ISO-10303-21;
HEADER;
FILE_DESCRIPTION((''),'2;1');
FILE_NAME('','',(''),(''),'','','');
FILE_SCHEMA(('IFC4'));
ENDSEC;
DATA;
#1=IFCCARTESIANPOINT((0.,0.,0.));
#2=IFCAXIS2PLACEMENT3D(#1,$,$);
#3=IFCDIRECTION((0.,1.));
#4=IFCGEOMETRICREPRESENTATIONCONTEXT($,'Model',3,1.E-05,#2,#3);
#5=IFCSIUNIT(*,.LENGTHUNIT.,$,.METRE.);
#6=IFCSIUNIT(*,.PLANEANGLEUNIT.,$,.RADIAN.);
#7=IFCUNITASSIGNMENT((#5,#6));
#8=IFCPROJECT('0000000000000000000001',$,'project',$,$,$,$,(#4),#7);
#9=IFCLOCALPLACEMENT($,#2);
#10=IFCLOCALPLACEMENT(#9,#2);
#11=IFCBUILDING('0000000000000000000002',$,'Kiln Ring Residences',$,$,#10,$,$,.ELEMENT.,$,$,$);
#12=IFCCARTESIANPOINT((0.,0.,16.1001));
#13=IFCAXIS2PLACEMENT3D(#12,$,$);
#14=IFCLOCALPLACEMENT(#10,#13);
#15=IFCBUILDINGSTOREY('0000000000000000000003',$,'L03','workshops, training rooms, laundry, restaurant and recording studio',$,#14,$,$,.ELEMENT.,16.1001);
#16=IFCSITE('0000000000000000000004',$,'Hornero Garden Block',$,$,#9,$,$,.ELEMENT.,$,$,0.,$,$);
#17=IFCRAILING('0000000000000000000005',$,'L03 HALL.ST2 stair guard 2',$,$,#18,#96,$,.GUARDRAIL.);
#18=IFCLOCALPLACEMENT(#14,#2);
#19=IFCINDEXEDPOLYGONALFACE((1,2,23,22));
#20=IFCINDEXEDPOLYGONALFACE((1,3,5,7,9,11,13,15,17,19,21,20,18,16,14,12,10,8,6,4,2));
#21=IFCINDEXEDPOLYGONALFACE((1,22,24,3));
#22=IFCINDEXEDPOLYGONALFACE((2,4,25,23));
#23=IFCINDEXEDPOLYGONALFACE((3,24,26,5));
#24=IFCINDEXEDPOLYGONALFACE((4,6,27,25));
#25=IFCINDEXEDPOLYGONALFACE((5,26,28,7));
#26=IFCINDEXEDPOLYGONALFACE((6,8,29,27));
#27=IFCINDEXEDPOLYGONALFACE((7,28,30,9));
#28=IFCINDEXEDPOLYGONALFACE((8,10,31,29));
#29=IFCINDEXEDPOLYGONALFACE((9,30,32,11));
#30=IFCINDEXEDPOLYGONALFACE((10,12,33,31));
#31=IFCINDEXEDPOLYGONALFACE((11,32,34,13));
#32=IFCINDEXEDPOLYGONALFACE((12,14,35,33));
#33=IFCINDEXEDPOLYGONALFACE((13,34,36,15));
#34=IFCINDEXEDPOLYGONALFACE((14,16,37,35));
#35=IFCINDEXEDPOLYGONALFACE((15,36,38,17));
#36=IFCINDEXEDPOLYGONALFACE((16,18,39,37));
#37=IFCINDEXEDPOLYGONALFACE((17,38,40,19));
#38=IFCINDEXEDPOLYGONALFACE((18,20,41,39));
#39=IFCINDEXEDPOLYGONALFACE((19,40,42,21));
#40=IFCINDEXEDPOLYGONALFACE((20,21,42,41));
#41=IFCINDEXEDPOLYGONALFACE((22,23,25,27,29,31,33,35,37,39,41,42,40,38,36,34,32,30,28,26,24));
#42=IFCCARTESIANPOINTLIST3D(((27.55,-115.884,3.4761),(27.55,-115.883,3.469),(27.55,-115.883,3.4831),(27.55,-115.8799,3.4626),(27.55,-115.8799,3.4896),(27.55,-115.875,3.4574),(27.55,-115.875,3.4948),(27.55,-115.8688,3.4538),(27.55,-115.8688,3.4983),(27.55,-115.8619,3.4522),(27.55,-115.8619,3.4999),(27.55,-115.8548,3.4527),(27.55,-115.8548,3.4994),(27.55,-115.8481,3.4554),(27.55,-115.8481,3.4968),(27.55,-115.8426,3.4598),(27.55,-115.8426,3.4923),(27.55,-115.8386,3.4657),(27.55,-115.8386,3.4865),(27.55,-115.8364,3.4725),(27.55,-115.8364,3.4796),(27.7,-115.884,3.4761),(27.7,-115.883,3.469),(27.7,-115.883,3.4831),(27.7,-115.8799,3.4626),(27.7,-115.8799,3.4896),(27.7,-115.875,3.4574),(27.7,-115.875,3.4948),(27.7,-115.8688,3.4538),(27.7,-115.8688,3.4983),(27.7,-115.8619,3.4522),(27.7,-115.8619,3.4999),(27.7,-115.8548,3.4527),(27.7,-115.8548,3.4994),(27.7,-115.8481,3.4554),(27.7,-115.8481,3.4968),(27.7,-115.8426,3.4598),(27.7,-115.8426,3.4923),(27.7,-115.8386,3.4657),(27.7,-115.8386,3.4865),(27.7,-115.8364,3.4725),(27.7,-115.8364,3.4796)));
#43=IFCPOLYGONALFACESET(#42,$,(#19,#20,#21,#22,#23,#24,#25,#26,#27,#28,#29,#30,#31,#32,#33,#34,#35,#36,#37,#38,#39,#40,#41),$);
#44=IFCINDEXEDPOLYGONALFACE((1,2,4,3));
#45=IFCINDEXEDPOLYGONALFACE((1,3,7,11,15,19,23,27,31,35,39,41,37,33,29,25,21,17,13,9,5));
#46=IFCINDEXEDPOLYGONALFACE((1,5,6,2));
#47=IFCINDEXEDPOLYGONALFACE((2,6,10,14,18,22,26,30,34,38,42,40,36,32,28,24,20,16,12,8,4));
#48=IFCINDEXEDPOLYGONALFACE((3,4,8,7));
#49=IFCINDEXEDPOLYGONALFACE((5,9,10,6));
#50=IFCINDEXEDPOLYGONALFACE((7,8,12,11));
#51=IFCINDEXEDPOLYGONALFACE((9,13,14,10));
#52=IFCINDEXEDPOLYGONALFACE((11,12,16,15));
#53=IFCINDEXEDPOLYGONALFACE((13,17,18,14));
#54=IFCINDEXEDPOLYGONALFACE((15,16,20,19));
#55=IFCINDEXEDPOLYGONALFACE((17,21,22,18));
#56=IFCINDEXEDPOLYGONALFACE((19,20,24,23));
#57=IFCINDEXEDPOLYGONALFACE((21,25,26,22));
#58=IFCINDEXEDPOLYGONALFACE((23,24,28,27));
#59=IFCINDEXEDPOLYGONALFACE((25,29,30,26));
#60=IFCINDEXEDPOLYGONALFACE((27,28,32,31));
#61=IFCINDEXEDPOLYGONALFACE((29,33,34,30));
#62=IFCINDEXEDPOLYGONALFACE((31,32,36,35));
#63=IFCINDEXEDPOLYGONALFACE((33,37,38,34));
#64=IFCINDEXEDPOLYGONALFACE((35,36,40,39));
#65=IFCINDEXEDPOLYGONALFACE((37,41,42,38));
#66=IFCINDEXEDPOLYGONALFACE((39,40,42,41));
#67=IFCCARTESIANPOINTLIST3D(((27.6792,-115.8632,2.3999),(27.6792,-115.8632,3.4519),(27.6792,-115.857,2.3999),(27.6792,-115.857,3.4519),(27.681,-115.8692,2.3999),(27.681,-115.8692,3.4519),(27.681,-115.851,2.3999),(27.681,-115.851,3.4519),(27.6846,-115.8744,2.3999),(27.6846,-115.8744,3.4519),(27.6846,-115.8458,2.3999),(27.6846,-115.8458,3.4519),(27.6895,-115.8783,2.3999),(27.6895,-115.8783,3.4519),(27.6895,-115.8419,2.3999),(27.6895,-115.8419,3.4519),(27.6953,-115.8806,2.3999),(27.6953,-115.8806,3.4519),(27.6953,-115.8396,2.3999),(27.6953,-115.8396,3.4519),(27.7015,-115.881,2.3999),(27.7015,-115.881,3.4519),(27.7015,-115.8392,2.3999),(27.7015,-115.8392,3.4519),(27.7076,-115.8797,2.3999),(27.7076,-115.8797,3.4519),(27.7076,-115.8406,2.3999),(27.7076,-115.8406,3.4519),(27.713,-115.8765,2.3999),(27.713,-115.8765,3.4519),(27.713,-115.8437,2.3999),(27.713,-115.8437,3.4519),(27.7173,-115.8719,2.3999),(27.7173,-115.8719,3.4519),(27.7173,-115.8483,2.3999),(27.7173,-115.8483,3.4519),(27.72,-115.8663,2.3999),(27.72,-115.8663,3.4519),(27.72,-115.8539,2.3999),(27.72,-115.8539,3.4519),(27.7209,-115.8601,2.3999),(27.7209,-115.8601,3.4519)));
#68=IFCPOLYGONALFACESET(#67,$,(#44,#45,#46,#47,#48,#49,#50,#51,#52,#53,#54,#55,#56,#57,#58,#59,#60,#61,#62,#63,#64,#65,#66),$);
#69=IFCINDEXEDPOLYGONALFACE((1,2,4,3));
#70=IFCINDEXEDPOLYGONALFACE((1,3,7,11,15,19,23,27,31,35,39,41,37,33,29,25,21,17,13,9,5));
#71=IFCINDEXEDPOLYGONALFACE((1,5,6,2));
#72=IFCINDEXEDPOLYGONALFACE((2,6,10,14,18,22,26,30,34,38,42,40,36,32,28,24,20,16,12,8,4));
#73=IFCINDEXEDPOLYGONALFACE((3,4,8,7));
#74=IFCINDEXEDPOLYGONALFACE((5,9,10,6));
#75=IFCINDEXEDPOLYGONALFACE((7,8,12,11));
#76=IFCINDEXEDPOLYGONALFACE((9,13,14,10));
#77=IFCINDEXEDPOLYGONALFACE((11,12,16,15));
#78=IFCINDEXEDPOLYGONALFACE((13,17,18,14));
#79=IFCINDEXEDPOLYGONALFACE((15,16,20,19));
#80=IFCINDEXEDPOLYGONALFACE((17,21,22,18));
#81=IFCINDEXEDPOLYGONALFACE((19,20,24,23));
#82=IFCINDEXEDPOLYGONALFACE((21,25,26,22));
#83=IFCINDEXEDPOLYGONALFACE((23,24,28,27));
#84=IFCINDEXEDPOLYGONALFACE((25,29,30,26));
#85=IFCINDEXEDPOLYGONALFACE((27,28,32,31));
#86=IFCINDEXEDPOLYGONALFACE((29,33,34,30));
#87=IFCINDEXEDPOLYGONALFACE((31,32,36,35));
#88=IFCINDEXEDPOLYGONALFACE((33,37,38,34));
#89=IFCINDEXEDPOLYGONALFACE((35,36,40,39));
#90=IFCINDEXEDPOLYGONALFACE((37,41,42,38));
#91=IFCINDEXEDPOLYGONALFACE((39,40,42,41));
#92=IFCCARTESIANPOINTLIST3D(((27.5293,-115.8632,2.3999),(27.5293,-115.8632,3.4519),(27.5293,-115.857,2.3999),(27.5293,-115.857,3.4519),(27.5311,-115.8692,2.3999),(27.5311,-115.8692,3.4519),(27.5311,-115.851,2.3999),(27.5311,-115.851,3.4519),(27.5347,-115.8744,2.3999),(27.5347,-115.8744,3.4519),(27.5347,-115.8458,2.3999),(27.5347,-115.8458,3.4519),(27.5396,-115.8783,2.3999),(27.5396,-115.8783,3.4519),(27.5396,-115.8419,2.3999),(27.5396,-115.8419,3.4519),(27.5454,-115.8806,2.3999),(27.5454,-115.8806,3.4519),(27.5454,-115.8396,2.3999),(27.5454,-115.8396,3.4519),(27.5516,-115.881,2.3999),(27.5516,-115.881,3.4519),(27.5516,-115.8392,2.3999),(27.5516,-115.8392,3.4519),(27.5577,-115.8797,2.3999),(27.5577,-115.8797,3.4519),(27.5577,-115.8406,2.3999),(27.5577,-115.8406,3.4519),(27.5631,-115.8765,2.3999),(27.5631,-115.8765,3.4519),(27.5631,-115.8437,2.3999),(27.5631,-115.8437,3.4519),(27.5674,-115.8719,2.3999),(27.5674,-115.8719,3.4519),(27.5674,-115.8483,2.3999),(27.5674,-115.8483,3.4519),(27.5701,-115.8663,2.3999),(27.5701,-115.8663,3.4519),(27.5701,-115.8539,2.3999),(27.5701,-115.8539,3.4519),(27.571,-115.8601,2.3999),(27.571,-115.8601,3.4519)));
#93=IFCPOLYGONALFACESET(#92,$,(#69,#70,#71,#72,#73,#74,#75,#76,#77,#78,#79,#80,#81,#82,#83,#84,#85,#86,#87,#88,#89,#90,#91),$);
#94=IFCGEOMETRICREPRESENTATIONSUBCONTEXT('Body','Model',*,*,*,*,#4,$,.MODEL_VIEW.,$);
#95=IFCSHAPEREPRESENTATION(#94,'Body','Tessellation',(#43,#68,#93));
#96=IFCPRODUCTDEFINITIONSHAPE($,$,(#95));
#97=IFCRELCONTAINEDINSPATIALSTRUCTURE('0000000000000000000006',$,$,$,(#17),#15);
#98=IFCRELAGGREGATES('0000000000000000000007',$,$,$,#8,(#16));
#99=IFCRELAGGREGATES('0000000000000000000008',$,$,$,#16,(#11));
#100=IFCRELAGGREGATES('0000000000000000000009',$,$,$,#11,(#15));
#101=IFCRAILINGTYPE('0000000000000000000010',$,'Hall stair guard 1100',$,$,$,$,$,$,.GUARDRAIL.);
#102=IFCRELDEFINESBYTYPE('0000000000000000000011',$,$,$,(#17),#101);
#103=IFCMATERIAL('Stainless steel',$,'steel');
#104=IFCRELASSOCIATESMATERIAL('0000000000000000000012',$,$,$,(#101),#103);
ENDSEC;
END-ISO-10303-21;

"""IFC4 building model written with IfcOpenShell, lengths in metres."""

from ifc_helpers import new_model, si_unit, direction, frame, origin, origin_2d, place, context, subcontext, project, spatial, circle, extrude, material, type_object, element, save


model = new_model("IFC4")

# Units and contexts
model_context = context("Model", 3, precision=1e-05, world=origin(), true_north=direction((0.0, 1.0)))
body_context = subcontext(model_context, "Body", "Model", "MODEL_VIEW")
ifc_project = project(units=[si_unit("LENGTHUNIT", "METRE"), si_unit("PLANEANGLEUNIT", "RADIAN")], contexts=[model_context])

# Site, building, storey
site_placement = place(None, origin())
site = spatial("IfcSite", under=ifc_project, at=site_placement, Name="Hornero Garden Block", CompositionType="ELEMENT", RefElevation=0.0)
building_placement = place(site_placement, origin())
building = spatial("IfcBuilding", under=site, at=building_placement, Name="Kiln Ring Residences", CompositionType="ELEMENT")
storey_placement = place(building_placement, frame((0.0, 0.0, 16.1001)))
storey = spatial("IfcBuildingStorey", under=building, at=storey_placement, Name="L03", Description="workshops, training rooms, laundry, restaurant and recording studio", CompositionType="ELEMENT", Elevation=16.1001)

# Railing
ifc_material_1 = material(Name="Stainless steel", Category="steel")
railing_type_1 = type_object("IfcRailingType", Name="Hall stair guard 1100", PredefinedType="GUARDRAIL", material=ifc_material_1)
railing_1_placement = place(storey_placement, frame((27.7, -115.8601, 2.3999)))
element("IfcRailing", 1, at=railing_1_placement, inside=storey, type_object=railing_type_1, Name="L03 HALL.ST2 stair guard 2", PredefinedType="GUARDRAIL", context=body_context, shape_type="SweptSolid", body=[
    extrude(circle(Radius=0.0239, at=origin_2d()), frame((0.0, 0.0, 1.0762), z_axis=(-1.0, 0.0, 0.0), x_axis=(0.0, -1.0, 0.0)), (0.0, 0.0, 1.0), 0.1499),
    extrude(circle(Radius=0.021, at=origin_2d()), origin(), (0.0, 0.0, 1.0), 1.052),
    extrude(circle(Radius=0.021, at=origin_2d()), frame((-0.1499, 0.0, 0.0)), (0.0, 0.0, 1.0), 1.052),
])

save(model, "model.ifc")
